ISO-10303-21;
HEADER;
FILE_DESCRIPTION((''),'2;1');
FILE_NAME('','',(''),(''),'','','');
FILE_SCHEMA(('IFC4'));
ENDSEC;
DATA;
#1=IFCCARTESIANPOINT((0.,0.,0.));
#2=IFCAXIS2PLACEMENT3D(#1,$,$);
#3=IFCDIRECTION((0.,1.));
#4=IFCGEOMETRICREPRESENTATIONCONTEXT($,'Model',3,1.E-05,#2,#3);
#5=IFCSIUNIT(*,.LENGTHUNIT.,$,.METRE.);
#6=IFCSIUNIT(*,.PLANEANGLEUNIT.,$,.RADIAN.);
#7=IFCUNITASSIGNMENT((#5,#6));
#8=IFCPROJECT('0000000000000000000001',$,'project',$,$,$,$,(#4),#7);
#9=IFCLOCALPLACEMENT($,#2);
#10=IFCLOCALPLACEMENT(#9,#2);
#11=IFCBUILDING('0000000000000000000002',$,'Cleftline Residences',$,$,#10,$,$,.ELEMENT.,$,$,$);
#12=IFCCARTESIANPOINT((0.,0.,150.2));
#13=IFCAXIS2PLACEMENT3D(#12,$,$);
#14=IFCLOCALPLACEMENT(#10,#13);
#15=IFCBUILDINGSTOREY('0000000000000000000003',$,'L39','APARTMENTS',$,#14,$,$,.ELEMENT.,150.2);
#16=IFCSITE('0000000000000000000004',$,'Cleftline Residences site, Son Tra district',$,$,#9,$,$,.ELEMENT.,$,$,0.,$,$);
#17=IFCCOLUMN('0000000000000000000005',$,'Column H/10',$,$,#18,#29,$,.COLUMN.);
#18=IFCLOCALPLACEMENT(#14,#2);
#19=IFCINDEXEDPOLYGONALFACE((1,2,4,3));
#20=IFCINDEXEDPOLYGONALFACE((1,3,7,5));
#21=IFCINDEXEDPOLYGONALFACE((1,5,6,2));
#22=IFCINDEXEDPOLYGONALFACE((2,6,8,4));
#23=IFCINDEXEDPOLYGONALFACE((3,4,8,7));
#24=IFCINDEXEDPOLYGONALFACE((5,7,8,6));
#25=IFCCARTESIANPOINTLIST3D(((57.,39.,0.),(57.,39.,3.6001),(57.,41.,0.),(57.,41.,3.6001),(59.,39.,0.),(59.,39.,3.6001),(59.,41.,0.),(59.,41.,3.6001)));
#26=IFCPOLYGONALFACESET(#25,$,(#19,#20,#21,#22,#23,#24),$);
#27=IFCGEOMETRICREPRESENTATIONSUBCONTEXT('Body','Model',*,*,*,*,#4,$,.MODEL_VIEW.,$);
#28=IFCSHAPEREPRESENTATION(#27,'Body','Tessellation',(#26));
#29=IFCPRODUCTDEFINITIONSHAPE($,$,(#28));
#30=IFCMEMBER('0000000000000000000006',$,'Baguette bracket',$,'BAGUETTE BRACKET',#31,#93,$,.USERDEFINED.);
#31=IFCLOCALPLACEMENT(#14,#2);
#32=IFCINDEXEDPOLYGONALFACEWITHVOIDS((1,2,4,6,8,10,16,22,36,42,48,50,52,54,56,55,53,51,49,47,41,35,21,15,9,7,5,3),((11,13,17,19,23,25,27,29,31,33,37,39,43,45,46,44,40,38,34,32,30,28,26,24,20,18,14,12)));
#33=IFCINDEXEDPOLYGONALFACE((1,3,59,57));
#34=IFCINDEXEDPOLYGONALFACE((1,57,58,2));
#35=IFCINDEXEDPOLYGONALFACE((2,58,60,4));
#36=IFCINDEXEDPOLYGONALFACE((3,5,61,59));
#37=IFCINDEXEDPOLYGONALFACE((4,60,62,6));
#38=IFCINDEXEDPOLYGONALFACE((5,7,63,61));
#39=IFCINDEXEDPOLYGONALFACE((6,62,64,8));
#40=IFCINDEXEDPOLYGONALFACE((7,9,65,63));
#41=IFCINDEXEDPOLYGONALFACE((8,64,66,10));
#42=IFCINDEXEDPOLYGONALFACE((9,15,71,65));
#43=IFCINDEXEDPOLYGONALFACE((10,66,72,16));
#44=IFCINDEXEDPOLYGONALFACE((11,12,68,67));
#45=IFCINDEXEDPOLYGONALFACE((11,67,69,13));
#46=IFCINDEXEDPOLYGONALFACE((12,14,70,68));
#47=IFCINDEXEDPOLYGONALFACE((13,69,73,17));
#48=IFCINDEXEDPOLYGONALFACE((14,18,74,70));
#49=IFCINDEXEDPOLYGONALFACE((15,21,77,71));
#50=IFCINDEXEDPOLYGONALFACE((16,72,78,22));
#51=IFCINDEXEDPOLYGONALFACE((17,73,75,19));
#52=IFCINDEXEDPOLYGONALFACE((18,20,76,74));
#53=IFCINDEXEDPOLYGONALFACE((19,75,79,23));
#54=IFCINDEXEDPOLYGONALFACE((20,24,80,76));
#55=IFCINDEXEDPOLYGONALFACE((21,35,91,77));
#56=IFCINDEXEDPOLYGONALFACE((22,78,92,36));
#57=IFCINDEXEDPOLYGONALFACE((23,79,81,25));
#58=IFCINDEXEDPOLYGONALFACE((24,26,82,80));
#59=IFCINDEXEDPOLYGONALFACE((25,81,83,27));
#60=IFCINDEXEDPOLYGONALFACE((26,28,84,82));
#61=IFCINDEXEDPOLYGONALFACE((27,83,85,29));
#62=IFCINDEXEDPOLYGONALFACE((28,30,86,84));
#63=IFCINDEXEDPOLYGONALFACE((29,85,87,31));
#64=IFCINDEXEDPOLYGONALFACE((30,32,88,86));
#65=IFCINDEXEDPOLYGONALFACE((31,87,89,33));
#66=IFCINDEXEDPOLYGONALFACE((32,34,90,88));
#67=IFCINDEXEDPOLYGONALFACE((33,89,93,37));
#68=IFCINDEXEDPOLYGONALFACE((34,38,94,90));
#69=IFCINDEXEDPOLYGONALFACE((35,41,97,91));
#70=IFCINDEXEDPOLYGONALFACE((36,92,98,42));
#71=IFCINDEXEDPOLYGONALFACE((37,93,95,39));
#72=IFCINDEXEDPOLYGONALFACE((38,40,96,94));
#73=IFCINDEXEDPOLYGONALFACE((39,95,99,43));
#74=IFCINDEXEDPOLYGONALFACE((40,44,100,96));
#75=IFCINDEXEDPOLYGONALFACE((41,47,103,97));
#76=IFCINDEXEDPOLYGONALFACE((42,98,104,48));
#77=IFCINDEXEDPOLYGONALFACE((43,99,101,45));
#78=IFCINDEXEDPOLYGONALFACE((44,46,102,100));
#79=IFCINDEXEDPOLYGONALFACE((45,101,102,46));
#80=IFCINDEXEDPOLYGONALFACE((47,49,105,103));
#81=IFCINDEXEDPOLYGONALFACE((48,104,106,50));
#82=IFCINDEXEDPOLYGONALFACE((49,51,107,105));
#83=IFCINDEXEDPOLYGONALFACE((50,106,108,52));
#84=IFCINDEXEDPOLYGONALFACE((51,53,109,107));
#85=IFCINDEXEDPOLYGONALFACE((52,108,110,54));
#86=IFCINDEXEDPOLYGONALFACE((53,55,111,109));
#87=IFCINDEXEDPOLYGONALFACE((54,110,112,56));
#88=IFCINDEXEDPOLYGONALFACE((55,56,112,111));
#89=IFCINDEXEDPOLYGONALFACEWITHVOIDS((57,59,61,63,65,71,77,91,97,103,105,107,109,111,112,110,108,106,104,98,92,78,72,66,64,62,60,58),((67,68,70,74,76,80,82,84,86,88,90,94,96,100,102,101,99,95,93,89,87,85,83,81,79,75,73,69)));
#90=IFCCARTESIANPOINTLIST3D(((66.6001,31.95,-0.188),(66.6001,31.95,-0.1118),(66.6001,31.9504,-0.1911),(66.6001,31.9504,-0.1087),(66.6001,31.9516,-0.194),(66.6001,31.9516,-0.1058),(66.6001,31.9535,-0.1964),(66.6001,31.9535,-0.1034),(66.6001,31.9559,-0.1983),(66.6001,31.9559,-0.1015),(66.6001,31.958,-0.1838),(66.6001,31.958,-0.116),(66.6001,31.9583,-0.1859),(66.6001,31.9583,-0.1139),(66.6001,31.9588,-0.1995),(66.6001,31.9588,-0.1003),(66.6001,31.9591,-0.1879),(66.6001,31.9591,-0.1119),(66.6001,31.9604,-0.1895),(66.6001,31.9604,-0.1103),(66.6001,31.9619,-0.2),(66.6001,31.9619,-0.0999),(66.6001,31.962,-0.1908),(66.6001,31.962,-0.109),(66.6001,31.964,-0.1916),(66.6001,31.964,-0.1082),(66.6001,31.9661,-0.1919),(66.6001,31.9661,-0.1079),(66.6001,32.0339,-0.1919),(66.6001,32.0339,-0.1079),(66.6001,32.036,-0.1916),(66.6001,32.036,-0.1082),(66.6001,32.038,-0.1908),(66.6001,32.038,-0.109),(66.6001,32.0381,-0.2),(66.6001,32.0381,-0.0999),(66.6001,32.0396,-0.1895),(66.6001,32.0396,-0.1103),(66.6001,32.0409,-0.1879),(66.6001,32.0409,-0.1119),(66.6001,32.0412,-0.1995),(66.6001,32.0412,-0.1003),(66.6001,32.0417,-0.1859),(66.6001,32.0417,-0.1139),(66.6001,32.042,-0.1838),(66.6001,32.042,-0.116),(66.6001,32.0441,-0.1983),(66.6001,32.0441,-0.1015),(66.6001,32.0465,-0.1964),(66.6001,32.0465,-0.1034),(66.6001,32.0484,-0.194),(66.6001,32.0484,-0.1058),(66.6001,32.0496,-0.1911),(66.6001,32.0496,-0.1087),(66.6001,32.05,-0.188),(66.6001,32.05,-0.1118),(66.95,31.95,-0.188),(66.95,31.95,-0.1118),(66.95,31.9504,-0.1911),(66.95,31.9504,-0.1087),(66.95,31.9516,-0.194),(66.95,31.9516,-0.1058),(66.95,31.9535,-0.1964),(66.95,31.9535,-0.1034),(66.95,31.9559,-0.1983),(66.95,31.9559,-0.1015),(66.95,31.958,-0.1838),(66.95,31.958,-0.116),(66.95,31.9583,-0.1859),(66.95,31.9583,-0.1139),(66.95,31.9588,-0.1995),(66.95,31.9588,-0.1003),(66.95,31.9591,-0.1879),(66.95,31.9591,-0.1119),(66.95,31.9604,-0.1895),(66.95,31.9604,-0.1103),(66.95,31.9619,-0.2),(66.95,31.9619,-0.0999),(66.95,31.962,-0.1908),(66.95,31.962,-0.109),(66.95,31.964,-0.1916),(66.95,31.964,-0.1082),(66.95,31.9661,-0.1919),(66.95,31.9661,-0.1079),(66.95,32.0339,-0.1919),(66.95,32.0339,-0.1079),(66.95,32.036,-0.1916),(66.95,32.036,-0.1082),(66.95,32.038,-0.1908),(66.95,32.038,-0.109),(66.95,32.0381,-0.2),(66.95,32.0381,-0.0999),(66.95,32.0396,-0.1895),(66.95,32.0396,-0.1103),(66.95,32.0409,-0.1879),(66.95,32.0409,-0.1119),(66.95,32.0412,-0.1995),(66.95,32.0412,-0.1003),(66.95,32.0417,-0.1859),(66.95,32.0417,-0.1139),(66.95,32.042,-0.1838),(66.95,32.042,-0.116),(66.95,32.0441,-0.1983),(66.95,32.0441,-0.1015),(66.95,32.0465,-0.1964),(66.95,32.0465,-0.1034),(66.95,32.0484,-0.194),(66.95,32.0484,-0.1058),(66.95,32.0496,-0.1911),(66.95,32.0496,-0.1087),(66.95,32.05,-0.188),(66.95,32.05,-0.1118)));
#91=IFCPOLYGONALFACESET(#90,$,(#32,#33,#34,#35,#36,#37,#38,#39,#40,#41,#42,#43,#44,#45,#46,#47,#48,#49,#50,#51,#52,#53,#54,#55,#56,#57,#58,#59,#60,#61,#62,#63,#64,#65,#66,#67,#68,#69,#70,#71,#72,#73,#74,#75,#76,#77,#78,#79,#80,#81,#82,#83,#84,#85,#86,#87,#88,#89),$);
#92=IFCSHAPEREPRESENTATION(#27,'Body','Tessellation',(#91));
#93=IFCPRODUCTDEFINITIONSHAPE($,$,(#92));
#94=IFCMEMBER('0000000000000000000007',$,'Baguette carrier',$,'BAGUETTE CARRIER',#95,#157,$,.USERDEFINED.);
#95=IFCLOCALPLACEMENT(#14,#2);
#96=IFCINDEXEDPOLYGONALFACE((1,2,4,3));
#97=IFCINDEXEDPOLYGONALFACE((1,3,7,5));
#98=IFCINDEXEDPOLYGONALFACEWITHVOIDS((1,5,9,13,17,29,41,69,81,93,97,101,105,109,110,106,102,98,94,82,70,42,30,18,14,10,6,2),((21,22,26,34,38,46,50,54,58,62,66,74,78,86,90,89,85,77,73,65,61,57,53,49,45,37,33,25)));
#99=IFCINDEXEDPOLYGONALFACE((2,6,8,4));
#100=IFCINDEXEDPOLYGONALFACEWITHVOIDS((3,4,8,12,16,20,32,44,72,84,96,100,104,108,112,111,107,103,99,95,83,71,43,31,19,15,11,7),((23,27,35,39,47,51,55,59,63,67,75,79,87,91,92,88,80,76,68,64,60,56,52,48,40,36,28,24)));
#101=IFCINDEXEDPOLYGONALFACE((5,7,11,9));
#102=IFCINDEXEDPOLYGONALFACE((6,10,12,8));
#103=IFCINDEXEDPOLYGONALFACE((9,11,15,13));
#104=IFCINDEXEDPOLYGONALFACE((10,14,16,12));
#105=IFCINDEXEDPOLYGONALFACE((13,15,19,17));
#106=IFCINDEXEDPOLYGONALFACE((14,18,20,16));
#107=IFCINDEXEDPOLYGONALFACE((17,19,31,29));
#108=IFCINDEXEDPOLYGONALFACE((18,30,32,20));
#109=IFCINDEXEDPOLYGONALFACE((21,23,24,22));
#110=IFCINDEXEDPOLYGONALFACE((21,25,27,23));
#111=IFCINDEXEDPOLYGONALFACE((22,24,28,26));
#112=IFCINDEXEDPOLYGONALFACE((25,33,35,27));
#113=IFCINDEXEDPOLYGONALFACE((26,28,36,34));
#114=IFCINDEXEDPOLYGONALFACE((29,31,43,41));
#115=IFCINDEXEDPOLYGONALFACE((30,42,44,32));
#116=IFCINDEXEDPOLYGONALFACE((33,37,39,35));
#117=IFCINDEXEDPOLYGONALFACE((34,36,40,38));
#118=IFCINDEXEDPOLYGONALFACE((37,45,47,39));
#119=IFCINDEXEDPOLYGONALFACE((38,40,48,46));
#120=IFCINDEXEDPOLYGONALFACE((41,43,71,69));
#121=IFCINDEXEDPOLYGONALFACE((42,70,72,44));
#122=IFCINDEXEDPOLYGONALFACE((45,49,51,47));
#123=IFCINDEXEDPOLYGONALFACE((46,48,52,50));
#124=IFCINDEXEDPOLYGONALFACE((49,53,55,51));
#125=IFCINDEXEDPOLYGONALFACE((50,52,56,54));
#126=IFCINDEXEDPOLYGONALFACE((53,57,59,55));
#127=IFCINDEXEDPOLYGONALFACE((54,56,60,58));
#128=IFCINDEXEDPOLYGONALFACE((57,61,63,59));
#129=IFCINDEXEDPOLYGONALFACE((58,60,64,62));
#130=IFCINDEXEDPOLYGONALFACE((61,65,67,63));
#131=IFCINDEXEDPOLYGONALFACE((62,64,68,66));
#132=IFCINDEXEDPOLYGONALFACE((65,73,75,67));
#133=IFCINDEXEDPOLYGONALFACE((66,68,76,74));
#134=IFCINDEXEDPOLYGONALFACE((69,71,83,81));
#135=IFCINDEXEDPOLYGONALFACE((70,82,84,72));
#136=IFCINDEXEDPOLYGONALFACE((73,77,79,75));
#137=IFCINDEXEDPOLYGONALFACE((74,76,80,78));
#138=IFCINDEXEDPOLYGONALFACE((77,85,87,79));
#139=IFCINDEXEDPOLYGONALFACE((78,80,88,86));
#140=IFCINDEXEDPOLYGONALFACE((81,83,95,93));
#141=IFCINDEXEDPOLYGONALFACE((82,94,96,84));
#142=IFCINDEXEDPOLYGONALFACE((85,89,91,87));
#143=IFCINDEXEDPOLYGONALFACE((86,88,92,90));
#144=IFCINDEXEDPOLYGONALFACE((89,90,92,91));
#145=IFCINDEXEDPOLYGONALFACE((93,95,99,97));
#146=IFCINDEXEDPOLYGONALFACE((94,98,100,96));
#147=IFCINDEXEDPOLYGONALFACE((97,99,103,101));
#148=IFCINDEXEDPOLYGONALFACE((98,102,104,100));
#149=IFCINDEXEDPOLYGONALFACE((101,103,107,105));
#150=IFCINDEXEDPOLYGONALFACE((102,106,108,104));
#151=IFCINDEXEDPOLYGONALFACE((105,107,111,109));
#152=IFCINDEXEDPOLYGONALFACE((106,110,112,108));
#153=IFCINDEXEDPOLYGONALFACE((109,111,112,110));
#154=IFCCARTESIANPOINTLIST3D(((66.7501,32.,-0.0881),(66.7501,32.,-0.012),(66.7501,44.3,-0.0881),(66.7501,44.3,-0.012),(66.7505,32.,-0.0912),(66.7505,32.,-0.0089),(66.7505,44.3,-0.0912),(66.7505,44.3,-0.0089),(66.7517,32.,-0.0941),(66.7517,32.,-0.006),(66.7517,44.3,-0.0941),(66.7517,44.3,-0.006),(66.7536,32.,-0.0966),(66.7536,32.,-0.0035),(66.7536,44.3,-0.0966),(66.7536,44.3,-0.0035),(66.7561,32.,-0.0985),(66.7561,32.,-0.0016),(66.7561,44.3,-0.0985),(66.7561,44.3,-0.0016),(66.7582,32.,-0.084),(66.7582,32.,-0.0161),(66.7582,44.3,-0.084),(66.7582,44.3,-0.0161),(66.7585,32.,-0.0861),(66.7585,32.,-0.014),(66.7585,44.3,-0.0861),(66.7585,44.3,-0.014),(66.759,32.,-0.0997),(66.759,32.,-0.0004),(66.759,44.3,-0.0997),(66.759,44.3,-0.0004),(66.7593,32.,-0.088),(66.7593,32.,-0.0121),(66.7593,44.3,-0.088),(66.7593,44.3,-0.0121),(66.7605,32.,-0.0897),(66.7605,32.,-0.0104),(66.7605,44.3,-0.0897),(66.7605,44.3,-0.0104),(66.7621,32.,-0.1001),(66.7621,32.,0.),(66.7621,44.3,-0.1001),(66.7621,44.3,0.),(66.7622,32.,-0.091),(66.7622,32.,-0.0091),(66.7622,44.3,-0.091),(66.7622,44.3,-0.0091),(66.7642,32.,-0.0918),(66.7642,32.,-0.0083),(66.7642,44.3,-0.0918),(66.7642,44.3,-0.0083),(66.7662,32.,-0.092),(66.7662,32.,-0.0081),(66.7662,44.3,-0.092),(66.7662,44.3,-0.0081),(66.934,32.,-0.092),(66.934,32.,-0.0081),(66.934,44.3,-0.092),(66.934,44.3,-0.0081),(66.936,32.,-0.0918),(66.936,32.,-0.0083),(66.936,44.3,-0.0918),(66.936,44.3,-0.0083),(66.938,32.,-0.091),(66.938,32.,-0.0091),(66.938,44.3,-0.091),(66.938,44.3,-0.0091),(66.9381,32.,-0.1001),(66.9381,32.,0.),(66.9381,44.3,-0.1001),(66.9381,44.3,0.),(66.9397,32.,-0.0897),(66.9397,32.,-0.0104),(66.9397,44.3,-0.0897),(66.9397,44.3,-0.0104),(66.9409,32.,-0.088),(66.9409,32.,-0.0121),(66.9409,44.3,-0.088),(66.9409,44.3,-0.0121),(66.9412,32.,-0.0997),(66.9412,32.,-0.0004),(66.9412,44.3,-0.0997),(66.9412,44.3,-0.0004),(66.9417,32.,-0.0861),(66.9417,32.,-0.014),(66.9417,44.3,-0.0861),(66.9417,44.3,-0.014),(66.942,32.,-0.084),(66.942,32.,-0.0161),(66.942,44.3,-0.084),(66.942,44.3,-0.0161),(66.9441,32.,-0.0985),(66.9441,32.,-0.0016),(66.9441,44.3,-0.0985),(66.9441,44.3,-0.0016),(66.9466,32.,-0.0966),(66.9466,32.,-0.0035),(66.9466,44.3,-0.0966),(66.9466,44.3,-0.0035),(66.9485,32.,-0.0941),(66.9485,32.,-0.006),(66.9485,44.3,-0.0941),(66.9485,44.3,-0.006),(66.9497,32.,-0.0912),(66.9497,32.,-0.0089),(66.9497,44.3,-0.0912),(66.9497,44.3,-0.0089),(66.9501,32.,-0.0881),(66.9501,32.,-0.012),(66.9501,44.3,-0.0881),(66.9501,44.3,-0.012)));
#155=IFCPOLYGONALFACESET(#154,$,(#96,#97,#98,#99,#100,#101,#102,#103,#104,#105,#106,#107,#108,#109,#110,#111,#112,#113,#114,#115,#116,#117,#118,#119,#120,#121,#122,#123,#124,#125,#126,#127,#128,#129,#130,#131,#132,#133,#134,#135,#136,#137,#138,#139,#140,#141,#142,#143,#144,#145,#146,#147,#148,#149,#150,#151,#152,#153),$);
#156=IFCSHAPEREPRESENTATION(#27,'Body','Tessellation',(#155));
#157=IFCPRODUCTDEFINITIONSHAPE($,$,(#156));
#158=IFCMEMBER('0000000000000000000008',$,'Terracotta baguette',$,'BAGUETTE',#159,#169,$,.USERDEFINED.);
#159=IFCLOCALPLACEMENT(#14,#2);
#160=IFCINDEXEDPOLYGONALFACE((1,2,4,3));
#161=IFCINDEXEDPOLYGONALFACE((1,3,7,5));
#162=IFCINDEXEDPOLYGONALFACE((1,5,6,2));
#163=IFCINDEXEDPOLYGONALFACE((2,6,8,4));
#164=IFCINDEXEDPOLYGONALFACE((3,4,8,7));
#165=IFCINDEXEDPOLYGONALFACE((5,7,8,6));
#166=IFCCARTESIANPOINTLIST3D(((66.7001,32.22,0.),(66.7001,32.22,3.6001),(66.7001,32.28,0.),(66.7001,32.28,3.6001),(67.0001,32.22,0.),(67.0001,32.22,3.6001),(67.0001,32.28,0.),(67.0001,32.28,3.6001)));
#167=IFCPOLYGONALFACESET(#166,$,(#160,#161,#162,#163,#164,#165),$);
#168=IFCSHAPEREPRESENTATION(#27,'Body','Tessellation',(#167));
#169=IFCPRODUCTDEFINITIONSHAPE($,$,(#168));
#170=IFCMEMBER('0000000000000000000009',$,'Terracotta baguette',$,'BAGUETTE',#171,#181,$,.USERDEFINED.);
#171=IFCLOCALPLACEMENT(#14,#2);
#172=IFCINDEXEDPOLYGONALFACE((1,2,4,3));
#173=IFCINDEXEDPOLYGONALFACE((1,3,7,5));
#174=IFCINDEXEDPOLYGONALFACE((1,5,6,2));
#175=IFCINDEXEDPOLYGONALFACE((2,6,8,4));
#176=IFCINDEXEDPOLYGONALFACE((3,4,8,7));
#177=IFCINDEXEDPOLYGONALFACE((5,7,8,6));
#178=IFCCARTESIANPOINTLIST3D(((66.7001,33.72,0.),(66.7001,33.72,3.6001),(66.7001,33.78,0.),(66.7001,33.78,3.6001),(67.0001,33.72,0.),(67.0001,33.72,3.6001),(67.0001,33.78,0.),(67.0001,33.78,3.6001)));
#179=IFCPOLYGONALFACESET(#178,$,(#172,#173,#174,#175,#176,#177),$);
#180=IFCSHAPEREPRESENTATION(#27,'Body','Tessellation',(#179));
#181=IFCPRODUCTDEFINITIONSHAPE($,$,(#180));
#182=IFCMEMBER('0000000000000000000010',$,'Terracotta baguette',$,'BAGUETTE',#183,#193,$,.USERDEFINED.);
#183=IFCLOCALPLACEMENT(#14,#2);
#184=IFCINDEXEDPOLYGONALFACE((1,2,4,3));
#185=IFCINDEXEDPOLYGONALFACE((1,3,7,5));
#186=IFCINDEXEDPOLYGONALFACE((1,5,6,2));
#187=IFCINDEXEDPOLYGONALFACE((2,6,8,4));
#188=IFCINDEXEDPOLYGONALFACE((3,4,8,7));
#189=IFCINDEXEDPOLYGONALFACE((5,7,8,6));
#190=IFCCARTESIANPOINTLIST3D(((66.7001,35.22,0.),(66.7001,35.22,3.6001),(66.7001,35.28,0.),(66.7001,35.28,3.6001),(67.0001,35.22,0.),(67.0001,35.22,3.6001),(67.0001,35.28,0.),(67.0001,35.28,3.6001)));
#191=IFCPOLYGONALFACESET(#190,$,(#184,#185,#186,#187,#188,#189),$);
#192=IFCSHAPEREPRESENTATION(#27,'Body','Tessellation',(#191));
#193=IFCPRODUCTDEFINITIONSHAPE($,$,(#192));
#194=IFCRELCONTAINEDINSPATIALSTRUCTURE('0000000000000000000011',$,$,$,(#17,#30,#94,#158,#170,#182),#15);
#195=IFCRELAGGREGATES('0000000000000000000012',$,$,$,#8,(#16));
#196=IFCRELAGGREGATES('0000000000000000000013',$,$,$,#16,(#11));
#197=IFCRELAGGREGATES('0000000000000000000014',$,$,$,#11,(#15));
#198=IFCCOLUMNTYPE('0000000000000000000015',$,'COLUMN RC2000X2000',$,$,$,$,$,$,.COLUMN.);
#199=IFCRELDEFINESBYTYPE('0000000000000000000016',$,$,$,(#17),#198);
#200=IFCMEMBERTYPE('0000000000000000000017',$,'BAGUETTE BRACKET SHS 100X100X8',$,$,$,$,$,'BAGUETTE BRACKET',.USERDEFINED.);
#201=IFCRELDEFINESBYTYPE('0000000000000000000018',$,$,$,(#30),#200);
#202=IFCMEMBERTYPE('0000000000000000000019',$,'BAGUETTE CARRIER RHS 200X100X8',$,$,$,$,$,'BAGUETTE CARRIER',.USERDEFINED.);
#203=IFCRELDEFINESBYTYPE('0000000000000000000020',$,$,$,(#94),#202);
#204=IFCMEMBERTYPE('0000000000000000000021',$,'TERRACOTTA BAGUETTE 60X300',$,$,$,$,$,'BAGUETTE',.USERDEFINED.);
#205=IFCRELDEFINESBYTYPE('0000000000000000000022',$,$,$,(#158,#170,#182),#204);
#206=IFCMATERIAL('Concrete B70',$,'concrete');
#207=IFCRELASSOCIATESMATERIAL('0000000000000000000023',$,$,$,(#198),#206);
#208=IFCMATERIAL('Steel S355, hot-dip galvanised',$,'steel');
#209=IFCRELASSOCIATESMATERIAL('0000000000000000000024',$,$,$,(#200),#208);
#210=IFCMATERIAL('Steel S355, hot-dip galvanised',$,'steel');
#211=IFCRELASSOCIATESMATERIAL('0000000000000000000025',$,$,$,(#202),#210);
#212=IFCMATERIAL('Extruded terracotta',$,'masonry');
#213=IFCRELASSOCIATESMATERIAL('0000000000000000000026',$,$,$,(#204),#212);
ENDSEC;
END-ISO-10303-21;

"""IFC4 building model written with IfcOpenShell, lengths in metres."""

from ifc_helpers import new_model, si_unit, direction, frame, origin, origin_2d, place, context, subcontext, project, spatial, rectangle, hollow_rectangle, extrude, material, material_profile, profile_set, type_object, element, save


model = new_model("IFC4")

# Units and contexts
model_context = context("Model", 3, precision=1e-05, world=origin(), true_north=direction((0.0, 1.0)))
body_context = subcontext(model_context, "Body", "Model", "MODEL_VIEW")
ifc_project = project(units=[si_unit("LENGTHUNIT", "METRE"), si_unit("PLANEANGLEUNIT", "RADIAN")], contexts=[model_context])

# Site, building, storey
site_placement = place(None, origin())
site = spatial("IfcSite", under=ifc_project, at=site_placement, Name="Cleftline Residences site, Son Tra district", CompositionType="ELEMENT", RefElevation=0.0)
building_placement = place(site_placement, origin())
building = spatial("IfcBuilding", under=site, at=building_placement, Name="Cleftline Residences", CompositionType="ELEMENT")
storey_placement = place(building_placement, frame((0.0, 0.0, 150.2)))
storey = spatial("IfcBuildingStorey", under=building, at=storey_placement, Name="L39", Description="APARTMENTS", CompositionType="ELEMENT", Elevation=150.2)

# Column
ifc_material_1 = material(Name="Concrete B70", Category="concrete")
ifc_material_profile_1 = material_profile(ifc_material_1, rectangle(XDim=2.0, YDim=2.0, at=origin_2d()))
ifc_profile_set_1 = profile_set([ifc_material_profile_1], Name="Concrete B70")
column_type = type_object("IfcColumnType", Name="COLUMN RC2000X2000", PredefinedType="COLUMN", material=ifc_profile_set_1)
column_placement = place(storey_placement, frame((58.0, 40.0, 0.0), z_axis=(0.0, 0.0, 1.0), x_axis=(1.0, 0.0, 0.0)))
element("IfcColumn", 1, at=column_placement, inside=storey, type_object=column_type, Name="Column H/10", PredefinedType="COLUMN", context=body_context, shape_type="SweptSolid", body=[
    extrude(rectangle(XDim=2.0, YDim=2.0, at=origin_2d()), origin(), (0.0, 0.0, 1.0), 3.6001),
])

# Members
ifc_material_2 = material(Name="Steel S355, hot-dip galvanised", Category="steel")
ifc_material_profile_2 = material_profile(ifc_material_2, hollow_rectangle(XDim=0.1001, YDim=0.1001, WallThickness=0.0081, InnerFilletRadius=0.0081, OuterFilletRadius=0.012, at=origin_2d()))
ifc_profile_set_2 = profile_set([ifc_material_profile_2], Name="Steel S355, hot-dip galvanised")
member_type_1 = type_object("IfcMemberType", Name="BAGUETTE BRACKET SHS 100X100X8", ElementType="BAGUETTE BRACKET", PredefinedType="USERDEFINED", material=ifc_profile_set_2)
member_1_placement = place(storey_placement, frame((66.6001, 32.0, -0.1499), z_axis=(1.0, 0.0, 0.0), x_axis=(0.0, 1.0, 0.0)))
element("IfcMember", 2, at=member_1_placement, inside=storey, type_object=member_type_1, Name="Baguette bracket", ObjectType="BAGUETTE BRACKET", PredefinedType="USERDEFINED", context=body_context, shape_type="SweptSolid", body=[
    extrude(hollow_rectangle(XDim=0.1001, YDim=0.1001, WallThickness=0.0081, InnerFilletRadius=0.0081, OuterFilletRadius=0.012, at=origin_2d()), origin(), (0.0, 0.0, 1.0), 0.3499),
])
ifc_material_3 = material(Name="Steel S355, hot-dip galvanised", Category="steel")
ifc_material_profile_3 = material_profile(ifc_material_3, hollow_rectangle(XDim=0.1001, YDim=0.2, WallThickness=0.0081, InnerFilletRadius=0.0081, OuterFilletRadius=0.012, at=origin_2d()))
ifc_profile_set_3 = profile_set([ifc_material_profile_3], Name="Steel S355, hot-dip galvanised")
member_type_2 = type_object("IfcMemberType", Name="BAGUETTE CARRIER RHS 200X100X8", ElementType="BAGUETTE CARRIER", PredefinedType="USERDEFINED", material=ifc_profile_set_3)
member_2_placement = place(storey_placement, frame((66.8501, 32.0, -0.05), z_axis=(0.0, 1.0, 0.0), x_axis=(0.0, 0.0, 1.0)))
element("IfcMember", 3, at=member_2_placement, inside=storey, type_object=member_type_2, Name="Baguette carrier", ObjectType="BAGUETTE CARRIER", PredefinedType="USERDEFINED", context=body_context, shape_type="SweptSolid", body=[
    extrude(hollow_rectangle(XDim=0.1001, YDim=0.2, WallThickness=0.0081, InnerFilletRadius=0.0081, OuterFilletRadius=0.012, at=origin_2d()), origin(), (0.0, 0.0, 1.0), 12.3),
])
ifc_material_4 = material(Name="Extruded terracotta", Category="masonry")
ifc_material_profile_4 = material_profile(ifc_material_4, rectangle(XDim=0.0601, YDim=0.3, at=origin_2d()))
ifc_profile_set_4 = profile_set([ifc_material_profile_4], Name="Extruded terracotta")
member_type_3 = type_object("IfcMemberType", Name="TERRACOTTA BAGUETTE 60X300", ElementType="BAGUETTE", PredefinedType="USERDEFINED", material=ifc_profile_set_4)
for number, where, z_axis, x_axis, name in (
    (4, (66.8501, 32.25, 0.0), (0.0, 0.0, 1.0), (0.0, 1.0, 0.0), "Terracotta baguette"),
    (5, (66.8501, 33.75, 0.0), (0.0, 0.0, 1.0), (0.0, 1.0, 0.0), "Terracotta baguette"),
    (6, (66.8501, 35.25, 0.0), (0.0, 0.0, 1.0), (0.0, 1.0, 0.0), "Terracotta baguette"),
):
    element("IfcMember", number, at=place(storey_placement, frame(where, z_axis=z_axis, x_axis=x_axis)), inside=storey, type_object=member_type_3, Name=name, ObjectType="BAGUETTE", PredefinedType="USERDEFINED", context=body_context, shape_type="SweptSolid", body=[
        extrude(rectangle(XDim=0.0601, YDim=0.3, at=origin_2d()), origin(), (0.0, 0.0, 1.0), 3.6001),
    ])

save(model, "model.ifc")
